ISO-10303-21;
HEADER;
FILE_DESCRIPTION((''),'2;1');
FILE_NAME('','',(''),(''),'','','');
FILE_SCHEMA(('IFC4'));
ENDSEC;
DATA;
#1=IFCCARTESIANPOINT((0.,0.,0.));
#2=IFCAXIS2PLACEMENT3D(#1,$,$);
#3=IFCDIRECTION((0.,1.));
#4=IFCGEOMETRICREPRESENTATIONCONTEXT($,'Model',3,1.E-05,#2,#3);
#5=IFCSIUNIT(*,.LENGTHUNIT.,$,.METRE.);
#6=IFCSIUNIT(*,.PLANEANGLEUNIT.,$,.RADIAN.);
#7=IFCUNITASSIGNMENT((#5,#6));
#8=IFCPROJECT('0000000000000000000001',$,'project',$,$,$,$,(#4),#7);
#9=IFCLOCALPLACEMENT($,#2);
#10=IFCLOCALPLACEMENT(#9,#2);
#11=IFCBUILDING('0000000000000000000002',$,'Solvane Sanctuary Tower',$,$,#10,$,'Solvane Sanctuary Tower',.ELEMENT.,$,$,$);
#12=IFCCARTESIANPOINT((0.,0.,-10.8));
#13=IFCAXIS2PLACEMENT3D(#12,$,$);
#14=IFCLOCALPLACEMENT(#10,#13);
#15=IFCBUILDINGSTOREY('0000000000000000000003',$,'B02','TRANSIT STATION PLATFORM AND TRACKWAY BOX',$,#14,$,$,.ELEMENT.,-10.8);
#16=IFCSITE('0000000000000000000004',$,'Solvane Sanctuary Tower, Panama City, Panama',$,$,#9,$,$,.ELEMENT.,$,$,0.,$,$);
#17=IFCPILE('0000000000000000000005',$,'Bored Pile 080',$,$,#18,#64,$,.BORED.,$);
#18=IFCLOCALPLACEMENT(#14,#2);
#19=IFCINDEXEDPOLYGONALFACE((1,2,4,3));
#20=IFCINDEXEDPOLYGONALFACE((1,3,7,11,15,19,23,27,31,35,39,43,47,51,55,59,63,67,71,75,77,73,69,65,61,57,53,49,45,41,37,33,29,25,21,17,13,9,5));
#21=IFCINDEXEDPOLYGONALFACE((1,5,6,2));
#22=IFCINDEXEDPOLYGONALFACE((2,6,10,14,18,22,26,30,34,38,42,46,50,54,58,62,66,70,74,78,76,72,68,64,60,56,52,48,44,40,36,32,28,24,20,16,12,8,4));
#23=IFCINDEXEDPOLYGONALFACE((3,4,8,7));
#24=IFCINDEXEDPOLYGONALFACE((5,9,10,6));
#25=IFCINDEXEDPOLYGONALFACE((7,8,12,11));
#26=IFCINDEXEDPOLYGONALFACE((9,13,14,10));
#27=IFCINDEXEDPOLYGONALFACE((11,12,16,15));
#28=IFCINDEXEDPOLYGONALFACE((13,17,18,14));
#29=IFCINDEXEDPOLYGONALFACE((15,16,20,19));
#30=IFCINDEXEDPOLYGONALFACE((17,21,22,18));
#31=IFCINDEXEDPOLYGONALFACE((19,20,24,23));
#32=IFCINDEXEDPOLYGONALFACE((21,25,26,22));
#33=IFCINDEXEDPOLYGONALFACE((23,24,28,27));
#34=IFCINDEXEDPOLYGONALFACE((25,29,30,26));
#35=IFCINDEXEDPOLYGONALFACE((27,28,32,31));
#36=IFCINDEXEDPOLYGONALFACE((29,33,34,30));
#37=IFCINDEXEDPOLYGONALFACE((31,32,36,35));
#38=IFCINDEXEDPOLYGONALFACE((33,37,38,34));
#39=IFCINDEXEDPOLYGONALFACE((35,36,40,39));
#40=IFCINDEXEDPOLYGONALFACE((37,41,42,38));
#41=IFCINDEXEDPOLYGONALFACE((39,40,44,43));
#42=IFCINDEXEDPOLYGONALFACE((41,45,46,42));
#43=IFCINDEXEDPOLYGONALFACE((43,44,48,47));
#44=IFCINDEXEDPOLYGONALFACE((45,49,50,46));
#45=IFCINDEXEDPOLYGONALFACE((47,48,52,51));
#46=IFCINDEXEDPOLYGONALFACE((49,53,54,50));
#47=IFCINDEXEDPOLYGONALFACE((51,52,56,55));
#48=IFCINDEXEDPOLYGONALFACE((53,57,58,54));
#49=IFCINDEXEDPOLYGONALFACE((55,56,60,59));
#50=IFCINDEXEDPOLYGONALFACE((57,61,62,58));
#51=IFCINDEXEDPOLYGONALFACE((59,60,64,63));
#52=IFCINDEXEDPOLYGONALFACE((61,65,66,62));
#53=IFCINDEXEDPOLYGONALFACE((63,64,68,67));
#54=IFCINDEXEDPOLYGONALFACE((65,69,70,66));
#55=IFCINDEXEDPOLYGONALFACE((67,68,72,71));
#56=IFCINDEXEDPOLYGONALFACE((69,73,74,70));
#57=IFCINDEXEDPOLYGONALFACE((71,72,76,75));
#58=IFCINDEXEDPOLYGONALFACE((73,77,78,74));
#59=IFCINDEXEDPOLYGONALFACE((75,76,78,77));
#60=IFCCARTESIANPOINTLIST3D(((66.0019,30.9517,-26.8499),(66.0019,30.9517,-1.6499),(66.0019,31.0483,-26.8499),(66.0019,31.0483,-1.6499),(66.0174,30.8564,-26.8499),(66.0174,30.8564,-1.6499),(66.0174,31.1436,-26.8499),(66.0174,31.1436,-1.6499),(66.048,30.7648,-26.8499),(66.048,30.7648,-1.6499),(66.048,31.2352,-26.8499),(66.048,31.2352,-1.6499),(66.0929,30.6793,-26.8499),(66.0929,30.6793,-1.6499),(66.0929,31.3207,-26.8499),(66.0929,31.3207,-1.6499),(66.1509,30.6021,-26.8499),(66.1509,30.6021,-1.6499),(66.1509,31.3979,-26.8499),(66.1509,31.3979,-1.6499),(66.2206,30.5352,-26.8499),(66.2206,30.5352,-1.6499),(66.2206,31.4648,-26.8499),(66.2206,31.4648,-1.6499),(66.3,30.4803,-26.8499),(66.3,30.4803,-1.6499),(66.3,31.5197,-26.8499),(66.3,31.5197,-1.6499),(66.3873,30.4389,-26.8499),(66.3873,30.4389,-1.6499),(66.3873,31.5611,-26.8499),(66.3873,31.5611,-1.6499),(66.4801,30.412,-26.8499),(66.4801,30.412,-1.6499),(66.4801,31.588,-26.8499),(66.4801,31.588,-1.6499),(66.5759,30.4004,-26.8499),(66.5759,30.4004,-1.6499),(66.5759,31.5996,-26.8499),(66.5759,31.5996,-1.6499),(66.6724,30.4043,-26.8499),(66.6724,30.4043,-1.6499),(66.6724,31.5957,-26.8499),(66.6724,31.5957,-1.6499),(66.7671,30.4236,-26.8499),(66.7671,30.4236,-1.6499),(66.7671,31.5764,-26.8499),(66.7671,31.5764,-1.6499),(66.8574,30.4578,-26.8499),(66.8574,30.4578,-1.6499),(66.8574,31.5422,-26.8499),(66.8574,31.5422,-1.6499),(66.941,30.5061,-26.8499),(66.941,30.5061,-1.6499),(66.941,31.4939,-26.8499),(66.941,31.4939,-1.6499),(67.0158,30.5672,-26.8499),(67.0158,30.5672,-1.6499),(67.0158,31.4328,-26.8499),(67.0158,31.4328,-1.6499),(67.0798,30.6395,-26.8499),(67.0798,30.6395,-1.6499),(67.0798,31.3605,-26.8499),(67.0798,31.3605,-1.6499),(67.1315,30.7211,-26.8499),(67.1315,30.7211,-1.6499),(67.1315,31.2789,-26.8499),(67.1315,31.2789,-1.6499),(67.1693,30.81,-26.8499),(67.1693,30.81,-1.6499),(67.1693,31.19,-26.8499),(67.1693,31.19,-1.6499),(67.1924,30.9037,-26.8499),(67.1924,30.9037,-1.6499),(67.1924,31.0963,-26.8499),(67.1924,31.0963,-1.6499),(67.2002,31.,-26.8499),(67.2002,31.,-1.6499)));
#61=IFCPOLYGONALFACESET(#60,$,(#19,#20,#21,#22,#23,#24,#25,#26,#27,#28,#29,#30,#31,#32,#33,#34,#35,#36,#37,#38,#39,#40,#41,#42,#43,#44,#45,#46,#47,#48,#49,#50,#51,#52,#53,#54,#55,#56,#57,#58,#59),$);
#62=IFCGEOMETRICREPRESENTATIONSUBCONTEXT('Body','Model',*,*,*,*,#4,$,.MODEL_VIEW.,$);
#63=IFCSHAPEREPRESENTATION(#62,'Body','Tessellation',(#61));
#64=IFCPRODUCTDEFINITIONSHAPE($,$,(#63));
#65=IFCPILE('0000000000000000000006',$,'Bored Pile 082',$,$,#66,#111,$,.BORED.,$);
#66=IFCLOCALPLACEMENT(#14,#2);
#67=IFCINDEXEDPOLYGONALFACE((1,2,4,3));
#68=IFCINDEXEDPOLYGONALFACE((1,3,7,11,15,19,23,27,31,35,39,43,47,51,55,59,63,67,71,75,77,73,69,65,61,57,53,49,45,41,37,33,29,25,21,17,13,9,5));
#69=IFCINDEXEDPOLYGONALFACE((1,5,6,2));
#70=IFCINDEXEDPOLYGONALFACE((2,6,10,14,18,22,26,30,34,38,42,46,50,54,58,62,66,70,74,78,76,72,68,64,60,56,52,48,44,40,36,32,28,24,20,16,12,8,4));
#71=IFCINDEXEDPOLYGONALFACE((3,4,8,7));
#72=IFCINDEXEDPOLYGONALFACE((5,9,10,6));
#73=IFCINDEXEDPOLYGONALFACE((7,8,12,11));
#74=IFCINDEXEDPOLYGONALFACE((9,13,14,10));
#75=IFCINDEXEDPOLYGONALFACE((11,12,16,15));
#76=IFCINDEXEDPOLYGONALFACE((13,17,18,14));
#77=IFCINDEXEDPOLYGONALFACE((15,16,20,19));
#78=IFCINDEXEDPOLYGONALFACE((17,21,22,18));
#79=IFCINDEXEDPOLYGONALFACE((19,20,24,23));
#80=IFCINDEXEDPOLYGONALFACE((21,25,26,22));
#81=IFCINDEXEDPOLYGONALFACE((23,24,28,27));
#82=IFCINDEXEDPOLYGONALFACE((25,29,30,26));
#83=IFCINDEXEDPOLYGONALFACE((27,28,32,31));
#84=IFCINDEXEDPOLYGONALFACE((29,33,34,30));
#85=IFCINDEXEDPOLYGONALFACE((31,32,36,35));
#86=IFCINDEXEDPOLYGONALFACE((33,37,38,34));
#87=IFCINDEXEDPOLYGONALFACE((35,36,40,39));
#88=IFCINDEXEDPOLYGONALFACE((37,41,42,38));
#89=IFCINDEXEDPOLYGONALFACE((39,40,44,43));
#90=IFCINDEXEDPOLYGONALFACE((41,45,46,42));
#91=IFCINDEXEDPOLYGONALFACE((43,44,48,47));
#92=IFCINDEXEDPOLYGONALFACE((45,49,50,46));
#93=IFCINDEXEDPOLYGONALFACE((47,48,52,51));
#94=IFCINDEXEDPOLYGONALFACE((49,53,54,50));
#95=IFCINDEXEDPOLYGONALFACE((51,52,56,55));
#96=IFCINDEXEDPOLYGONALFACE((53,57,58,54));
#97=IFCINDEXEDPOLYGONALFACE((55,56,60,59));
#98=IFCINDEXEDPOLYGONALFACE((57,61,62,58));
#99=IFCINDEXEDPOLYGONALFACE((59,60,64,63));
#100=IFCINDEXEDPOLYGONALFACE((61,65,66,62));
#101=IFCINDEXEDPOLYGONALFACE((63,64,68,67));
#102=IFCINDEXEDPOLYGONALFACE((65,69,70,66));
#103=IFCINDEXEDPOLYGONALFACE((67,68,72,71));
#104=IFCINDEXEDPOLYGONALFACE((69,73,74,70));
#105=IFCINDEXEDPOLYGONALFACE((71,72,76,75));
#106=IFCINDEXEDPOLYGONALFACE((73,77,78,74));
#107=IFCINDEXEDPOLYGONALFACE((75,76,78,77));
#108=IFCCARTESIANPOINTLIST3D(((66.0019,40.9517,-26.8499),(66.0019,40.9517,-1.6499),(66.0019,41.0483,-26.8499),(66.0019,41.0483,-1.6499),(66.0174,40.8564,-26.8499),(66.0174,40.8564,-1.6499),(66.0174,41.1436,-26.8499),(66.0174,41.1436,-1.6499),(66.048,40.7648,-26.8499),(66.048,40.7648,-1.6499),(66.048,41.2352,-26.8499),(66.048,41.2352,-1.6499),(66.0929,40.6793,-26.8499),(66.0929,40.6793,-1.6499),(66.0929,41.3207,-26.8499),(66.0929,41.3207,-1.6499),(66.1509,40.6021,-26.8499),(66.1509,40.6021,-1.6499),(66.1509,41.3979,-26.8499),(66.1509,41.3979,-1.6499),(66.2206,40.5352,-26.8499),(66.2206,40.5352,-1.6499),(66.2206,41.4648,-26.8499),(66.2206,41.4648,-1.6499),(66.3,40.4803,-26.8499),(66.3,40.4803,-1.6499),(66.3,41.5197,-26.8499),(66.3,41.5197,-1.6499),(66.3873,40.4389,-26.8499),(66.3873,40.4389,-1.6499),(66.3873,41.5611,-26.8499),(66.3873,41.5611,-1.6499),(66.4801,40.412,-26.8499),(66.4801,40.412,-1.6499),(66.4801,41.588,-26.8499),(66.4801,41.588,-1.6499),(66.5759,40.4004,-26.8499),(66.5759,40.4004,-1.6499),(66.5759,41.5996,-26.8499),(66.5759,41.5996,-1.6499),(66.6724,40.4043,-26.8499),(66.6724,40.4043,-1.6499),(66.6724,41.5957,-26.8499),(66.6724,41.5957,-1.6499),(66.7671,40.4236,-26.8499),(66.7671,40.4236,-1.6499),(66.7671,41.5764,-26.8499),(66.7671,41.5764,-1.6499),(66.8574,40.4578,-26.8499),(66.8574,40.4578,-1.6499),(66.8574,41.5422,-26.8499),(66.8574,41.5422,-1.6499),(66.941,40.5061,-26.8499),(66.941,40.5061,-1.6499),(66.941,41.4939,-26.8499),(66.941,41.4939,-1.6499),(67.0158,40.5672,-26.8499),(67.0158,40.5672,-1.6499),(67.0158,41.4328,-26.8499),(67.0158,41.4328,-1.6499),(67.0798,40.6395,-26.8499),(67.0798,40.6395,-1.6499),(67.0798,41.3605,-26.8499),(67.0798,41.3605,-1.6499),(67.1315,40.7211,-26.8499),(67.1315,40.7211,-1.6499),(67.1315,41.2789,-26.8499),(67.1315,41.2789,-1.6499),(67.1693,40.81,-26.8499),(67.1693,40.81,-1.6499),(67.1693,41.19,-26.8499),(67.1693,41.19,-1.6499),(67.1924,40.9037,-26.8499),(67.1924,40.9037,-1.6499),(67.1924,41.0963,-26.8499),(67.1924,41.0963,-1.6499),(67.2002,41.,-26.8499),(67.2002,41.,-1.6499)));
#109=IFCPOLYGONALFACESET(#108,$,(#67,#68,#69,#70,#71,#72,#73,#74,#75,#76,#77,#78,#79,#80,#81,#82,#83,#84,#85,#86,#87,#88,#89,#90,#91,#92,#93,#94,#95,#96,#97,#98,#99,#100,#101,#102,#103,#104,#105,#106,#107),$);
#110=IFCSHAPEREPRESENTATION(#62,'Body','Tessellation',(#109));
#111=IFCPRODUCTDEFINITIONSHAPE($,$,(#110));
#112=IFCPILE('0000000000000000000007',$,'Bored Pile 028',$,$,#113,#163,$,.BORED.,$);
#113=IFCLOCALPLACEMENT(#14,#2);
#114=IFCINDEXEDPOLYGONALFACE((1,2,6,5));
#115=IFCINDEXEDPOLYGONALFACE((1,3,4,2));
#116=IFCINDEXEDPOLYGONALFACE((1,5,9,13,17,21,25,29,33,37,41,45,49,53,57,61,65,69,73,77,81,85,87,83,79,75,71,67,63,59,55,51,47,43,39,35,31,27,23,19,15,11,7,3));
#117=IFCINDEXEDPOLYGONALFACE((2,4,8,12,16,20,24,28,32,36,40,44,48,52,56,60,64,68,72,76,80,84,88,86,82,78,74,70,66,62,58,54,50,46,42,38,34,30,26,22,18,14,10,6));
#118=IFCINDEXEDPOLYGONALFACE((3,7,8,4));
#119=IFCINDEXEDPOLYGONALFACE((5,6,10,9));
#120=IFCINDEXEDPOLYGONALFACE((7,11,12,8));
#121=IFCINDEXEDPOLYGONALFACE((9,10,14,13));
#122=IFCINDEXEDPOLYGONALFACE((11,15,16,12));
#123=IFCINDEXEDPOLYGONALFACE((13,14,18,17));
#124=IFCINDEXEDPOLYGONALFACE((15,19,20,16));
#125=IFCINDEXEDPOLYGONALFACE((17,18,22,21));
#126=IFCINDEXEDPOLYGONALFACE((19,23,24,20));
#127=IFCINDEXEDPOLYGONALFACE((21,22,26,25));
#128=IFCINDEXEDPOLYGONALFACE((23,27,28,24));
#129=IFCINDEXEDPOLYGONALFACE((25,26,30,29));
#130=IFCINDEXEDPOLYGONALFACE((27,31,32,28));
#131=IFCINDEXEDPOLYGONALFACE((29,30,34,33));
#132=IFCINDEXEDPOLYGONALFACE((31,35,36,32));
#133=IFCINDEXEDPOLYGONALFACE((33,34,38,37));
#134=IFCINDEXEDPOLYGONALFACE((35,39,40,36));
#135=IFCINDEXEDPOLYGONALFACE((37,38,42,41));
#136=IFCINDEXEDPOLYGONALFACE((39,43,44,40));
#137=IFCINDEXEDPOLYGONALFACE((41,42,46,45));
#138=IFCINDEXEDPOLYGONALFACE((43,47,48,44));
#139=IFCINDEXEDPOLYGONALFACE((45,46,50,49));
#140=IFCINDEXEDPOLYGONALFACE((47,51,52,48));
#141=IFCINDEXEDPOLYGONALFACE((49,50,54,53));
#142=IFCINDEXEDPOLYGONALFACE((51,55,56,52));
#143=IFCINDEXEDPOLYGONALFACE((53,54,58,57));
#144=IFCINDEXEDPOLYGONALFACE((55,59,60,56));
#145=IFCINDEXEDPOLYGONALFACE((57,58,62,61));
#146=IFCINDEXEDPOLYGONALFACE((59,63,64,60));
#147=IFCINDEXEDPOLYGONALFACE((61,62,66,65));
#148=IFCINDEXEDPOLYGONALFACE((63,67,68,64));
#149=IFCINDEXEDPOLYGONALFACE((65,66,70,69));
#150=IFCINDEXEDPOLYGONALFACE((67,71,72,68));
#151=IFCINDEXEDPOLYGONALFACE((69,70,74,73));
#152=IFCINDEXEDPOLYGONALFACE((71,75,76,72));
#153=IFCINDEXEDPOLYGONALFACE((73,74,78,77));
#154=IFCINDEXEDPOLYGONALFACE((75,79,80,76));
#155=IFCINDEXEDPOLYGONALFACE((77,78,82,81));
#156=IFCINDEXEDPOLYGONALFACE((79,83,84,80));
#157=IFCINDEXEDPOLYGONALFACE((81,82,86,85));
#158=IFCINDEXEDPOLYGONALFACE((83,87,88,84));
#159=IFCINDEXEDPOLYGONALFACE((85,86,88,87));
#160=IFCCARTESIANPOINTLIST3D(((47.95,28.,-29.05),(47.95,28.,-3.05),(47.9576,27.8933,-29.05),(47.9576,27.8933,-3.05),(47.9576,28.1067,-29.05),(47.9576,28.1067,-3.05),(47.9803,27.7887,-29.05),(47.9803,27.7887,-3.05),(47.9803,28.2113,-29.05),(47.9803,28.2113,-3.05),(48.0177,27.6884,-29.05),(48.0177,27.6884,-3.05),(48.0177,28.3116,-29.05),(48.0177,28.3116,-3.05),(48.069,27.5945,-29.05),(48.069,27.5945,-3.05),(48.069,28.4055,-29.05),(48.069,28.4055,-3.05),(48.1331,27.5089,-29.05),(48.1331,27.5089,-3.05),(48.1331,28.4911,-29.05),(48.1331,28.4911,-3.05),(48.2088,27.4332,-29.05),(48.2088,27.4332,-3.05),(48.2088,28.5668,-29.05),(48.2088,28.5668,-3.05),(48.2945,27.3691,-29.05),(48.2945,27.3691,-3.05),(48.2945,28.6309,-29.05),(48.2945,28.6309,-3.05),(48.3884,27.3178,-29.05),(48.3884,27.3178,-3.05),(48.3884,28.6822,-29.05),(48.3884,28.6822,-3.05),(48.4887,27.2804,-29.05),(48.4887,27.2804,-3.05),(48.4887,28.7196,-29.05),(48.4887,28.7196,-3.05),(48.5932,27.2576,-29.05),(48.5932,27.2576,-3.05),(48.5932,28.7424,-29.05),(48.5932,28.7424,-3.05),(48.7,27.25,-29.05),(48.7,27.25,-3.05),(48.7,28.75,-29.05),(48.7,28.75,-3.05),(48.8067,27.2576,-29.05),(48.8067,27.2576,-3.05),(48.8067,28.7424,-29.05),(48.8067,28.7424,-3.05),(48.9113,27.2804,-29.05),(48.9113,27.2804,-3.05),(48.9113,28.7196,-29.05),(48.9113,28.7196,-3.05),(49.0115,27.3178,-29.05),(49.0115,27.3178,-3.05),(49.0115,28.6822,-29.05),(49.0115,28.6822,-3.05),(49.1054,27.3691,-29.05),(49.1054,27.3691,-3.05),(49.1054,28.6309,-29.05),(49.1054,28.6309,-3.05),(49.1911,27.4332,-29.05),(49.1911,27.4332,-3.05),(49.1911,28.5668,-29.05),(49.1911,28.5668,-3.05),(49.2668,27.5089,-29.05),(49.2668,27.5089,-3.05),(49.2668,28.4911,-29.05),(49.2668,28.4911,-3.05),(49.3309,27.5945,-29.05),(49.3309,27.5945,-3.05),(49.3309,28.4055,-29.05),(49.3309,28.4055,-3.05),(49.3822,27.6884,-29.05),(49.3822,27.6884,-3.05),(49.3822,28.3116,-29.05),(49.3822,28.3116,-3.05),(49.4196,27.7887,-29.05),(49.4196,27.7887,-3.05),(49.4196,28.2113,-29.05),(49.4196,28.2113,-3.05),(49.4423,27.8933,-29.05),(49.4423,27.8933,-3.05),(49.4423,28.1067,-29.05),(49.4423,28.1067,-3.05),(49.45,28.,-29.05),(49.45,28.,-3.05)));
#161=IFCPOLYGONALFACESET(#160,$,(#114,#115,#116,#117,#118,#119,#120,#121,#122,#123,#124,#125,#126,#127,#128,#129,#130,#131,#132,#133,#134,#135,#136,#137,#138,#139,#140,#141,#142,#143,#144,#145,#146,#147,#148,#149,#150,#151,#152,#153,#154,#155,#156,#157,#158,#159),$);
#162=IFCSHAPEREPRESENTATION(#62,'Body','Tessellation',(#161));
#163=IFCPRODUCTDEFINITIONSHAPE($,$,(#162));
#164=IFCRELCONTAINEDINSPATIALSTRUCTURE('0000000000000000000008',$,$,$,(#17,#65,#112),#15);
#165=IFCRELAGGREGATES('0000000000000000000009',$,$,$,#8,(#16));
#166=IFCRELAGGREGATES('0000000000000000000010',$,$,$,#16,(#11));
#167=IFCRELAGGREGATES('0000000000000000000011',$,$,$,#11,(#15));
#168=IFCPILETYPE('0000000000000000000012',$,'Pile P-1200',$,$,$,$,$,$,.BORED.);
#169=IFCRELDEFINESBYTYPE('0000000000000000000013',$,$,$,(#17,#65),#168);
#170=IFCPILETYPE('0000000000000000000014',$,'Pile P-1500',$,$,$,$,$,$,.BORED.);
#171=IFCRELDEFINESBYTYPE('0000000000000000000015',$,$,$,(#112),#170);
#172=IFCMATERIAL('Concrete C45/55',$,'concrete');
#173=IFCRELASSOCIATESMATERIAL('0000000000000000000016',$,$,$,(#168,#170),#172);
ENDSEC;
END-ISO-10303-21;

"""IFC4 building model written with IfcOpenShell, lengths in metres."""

from ifc_helpers import new_model, si_unit, direction, frame, origin, origin_2d, place, context, subcontext, project, spatial, circle, extrude, material, material_profile, profile_set, type_object, element, save


model = new_model("IFC4")

# Units and contexts
model_context = context("Model", 3, precision=1e-05, world=origin(), true_north=direction((0.0, 1.0)))
body_context = subcontext(model_context, "Body", "Model", "MODEL_VIEW")
ifc_project = project(units=[si_unit("LENGTHUNIT", "METRE"), si_unit("PLANEANGLEUNIT", "RADIAN")], contexts=[model_context])

# Site, building, storey
site_placement = place(None, origin())
site = spatial("IfcSite", under=ifc_project, at=site_placement, Name="Solvane Sanctuary Tower, Panama City, Panama", CompositionType="ELEMENT", RefElevation=0.0)
building_placement = place(site_placement, origin())
building = spatial("IfcBuilding", under=site, at=building_placement, Name="Solvane Sanctuary Tower", LongName="Solvane Sanctuary Tower", CompositionType="ELEMENT")
storey_placement = place(building_placement, frame((0.0, 0.0, -10.8)))
storey = spatial("IfcBuildingStorey", under=building, at=storey_placement, Name="B02", Description="TRANSIT STATION PLATFORM AND TRACKWAY BOX", CompositionType="ELEMENT", Elevation=-10.8)

# Piles
ifc_material_1 = material(Name="Concrete C45/55", Category="concrete")
ifc_material_profile_1 = material_profile(ifc_material_1, circle(Radius=0.6001, at=origin_2d()), Name="PILE1200")
ifc_profile_set_1 = profile_set([ifc_material_profile_1], Name="Concrete C45/55")
pile_type_1 = type_object("IfcPileType", Name="Pile P-1200", PredefinedType="BORED", material=ifc_profile_set_1)
for number, where, z_axis, x_axis, name in (
    (1, (66.6001, 31.0, -1.6499), (0.0, 0.0, -1.0), (1.0, 0.0, 0.0), "Bored Pile 080"),
    (2, (66.6001, 41.0, -1.6499), (0.0, 0.0, -1.0), (1.0, 0.0, 0.0), "Bored Pile 082"),
):
    element("IfcPile", number, at=place(storey_placement, frame(where, z_axis=z_axis, x_axis=x_axis)), inside=storey, type_object=pile_type_1, Name=name, PredefinedType="BORED", context=body_context, shape_type="SweptSolid", body=[
        extrude(circle(Radius=0.6001, at=origin_2d()), origin(), (0.0, 0.0, 1.0), 25.2),
    ])
ifc_material_profile_2 = material_profile(ifc_material_1, circle(Radius=0.75, at=origin_2d()), Name="PILE1500")
ifc_profile_set_2 = profile_set([ifc_material_profile_2], Name="Concrete C45/55")
pile_type_2 = type_object("IfcPileType", Name="Pile P-1500", PredefinedType="BORED", material=ifc_profile_set_2)
for number, where, z_axis, x_axis, name in (
    (3, (48.7, 28.0, -3.05), (0.0, 0.0, -1.0), (1.0, 0.0, 0.0), "Bored Pile 028"),
):
    element("IfcPile", number, at=place(storey_placement, frame(where, z_axis=z_axis, x_axis=x_axis)), inside=storey, type_object=pile_type_2, Name=name, PredefinedType="BORED", context=body_context, shape_type="SweptSolid", body=[
        extrude(circle(Radius=0.75, at=origin_2d()), origin(), (0.0, 0.0, 1.0), 26.0),
    ])

save(model, "model.ifc")
